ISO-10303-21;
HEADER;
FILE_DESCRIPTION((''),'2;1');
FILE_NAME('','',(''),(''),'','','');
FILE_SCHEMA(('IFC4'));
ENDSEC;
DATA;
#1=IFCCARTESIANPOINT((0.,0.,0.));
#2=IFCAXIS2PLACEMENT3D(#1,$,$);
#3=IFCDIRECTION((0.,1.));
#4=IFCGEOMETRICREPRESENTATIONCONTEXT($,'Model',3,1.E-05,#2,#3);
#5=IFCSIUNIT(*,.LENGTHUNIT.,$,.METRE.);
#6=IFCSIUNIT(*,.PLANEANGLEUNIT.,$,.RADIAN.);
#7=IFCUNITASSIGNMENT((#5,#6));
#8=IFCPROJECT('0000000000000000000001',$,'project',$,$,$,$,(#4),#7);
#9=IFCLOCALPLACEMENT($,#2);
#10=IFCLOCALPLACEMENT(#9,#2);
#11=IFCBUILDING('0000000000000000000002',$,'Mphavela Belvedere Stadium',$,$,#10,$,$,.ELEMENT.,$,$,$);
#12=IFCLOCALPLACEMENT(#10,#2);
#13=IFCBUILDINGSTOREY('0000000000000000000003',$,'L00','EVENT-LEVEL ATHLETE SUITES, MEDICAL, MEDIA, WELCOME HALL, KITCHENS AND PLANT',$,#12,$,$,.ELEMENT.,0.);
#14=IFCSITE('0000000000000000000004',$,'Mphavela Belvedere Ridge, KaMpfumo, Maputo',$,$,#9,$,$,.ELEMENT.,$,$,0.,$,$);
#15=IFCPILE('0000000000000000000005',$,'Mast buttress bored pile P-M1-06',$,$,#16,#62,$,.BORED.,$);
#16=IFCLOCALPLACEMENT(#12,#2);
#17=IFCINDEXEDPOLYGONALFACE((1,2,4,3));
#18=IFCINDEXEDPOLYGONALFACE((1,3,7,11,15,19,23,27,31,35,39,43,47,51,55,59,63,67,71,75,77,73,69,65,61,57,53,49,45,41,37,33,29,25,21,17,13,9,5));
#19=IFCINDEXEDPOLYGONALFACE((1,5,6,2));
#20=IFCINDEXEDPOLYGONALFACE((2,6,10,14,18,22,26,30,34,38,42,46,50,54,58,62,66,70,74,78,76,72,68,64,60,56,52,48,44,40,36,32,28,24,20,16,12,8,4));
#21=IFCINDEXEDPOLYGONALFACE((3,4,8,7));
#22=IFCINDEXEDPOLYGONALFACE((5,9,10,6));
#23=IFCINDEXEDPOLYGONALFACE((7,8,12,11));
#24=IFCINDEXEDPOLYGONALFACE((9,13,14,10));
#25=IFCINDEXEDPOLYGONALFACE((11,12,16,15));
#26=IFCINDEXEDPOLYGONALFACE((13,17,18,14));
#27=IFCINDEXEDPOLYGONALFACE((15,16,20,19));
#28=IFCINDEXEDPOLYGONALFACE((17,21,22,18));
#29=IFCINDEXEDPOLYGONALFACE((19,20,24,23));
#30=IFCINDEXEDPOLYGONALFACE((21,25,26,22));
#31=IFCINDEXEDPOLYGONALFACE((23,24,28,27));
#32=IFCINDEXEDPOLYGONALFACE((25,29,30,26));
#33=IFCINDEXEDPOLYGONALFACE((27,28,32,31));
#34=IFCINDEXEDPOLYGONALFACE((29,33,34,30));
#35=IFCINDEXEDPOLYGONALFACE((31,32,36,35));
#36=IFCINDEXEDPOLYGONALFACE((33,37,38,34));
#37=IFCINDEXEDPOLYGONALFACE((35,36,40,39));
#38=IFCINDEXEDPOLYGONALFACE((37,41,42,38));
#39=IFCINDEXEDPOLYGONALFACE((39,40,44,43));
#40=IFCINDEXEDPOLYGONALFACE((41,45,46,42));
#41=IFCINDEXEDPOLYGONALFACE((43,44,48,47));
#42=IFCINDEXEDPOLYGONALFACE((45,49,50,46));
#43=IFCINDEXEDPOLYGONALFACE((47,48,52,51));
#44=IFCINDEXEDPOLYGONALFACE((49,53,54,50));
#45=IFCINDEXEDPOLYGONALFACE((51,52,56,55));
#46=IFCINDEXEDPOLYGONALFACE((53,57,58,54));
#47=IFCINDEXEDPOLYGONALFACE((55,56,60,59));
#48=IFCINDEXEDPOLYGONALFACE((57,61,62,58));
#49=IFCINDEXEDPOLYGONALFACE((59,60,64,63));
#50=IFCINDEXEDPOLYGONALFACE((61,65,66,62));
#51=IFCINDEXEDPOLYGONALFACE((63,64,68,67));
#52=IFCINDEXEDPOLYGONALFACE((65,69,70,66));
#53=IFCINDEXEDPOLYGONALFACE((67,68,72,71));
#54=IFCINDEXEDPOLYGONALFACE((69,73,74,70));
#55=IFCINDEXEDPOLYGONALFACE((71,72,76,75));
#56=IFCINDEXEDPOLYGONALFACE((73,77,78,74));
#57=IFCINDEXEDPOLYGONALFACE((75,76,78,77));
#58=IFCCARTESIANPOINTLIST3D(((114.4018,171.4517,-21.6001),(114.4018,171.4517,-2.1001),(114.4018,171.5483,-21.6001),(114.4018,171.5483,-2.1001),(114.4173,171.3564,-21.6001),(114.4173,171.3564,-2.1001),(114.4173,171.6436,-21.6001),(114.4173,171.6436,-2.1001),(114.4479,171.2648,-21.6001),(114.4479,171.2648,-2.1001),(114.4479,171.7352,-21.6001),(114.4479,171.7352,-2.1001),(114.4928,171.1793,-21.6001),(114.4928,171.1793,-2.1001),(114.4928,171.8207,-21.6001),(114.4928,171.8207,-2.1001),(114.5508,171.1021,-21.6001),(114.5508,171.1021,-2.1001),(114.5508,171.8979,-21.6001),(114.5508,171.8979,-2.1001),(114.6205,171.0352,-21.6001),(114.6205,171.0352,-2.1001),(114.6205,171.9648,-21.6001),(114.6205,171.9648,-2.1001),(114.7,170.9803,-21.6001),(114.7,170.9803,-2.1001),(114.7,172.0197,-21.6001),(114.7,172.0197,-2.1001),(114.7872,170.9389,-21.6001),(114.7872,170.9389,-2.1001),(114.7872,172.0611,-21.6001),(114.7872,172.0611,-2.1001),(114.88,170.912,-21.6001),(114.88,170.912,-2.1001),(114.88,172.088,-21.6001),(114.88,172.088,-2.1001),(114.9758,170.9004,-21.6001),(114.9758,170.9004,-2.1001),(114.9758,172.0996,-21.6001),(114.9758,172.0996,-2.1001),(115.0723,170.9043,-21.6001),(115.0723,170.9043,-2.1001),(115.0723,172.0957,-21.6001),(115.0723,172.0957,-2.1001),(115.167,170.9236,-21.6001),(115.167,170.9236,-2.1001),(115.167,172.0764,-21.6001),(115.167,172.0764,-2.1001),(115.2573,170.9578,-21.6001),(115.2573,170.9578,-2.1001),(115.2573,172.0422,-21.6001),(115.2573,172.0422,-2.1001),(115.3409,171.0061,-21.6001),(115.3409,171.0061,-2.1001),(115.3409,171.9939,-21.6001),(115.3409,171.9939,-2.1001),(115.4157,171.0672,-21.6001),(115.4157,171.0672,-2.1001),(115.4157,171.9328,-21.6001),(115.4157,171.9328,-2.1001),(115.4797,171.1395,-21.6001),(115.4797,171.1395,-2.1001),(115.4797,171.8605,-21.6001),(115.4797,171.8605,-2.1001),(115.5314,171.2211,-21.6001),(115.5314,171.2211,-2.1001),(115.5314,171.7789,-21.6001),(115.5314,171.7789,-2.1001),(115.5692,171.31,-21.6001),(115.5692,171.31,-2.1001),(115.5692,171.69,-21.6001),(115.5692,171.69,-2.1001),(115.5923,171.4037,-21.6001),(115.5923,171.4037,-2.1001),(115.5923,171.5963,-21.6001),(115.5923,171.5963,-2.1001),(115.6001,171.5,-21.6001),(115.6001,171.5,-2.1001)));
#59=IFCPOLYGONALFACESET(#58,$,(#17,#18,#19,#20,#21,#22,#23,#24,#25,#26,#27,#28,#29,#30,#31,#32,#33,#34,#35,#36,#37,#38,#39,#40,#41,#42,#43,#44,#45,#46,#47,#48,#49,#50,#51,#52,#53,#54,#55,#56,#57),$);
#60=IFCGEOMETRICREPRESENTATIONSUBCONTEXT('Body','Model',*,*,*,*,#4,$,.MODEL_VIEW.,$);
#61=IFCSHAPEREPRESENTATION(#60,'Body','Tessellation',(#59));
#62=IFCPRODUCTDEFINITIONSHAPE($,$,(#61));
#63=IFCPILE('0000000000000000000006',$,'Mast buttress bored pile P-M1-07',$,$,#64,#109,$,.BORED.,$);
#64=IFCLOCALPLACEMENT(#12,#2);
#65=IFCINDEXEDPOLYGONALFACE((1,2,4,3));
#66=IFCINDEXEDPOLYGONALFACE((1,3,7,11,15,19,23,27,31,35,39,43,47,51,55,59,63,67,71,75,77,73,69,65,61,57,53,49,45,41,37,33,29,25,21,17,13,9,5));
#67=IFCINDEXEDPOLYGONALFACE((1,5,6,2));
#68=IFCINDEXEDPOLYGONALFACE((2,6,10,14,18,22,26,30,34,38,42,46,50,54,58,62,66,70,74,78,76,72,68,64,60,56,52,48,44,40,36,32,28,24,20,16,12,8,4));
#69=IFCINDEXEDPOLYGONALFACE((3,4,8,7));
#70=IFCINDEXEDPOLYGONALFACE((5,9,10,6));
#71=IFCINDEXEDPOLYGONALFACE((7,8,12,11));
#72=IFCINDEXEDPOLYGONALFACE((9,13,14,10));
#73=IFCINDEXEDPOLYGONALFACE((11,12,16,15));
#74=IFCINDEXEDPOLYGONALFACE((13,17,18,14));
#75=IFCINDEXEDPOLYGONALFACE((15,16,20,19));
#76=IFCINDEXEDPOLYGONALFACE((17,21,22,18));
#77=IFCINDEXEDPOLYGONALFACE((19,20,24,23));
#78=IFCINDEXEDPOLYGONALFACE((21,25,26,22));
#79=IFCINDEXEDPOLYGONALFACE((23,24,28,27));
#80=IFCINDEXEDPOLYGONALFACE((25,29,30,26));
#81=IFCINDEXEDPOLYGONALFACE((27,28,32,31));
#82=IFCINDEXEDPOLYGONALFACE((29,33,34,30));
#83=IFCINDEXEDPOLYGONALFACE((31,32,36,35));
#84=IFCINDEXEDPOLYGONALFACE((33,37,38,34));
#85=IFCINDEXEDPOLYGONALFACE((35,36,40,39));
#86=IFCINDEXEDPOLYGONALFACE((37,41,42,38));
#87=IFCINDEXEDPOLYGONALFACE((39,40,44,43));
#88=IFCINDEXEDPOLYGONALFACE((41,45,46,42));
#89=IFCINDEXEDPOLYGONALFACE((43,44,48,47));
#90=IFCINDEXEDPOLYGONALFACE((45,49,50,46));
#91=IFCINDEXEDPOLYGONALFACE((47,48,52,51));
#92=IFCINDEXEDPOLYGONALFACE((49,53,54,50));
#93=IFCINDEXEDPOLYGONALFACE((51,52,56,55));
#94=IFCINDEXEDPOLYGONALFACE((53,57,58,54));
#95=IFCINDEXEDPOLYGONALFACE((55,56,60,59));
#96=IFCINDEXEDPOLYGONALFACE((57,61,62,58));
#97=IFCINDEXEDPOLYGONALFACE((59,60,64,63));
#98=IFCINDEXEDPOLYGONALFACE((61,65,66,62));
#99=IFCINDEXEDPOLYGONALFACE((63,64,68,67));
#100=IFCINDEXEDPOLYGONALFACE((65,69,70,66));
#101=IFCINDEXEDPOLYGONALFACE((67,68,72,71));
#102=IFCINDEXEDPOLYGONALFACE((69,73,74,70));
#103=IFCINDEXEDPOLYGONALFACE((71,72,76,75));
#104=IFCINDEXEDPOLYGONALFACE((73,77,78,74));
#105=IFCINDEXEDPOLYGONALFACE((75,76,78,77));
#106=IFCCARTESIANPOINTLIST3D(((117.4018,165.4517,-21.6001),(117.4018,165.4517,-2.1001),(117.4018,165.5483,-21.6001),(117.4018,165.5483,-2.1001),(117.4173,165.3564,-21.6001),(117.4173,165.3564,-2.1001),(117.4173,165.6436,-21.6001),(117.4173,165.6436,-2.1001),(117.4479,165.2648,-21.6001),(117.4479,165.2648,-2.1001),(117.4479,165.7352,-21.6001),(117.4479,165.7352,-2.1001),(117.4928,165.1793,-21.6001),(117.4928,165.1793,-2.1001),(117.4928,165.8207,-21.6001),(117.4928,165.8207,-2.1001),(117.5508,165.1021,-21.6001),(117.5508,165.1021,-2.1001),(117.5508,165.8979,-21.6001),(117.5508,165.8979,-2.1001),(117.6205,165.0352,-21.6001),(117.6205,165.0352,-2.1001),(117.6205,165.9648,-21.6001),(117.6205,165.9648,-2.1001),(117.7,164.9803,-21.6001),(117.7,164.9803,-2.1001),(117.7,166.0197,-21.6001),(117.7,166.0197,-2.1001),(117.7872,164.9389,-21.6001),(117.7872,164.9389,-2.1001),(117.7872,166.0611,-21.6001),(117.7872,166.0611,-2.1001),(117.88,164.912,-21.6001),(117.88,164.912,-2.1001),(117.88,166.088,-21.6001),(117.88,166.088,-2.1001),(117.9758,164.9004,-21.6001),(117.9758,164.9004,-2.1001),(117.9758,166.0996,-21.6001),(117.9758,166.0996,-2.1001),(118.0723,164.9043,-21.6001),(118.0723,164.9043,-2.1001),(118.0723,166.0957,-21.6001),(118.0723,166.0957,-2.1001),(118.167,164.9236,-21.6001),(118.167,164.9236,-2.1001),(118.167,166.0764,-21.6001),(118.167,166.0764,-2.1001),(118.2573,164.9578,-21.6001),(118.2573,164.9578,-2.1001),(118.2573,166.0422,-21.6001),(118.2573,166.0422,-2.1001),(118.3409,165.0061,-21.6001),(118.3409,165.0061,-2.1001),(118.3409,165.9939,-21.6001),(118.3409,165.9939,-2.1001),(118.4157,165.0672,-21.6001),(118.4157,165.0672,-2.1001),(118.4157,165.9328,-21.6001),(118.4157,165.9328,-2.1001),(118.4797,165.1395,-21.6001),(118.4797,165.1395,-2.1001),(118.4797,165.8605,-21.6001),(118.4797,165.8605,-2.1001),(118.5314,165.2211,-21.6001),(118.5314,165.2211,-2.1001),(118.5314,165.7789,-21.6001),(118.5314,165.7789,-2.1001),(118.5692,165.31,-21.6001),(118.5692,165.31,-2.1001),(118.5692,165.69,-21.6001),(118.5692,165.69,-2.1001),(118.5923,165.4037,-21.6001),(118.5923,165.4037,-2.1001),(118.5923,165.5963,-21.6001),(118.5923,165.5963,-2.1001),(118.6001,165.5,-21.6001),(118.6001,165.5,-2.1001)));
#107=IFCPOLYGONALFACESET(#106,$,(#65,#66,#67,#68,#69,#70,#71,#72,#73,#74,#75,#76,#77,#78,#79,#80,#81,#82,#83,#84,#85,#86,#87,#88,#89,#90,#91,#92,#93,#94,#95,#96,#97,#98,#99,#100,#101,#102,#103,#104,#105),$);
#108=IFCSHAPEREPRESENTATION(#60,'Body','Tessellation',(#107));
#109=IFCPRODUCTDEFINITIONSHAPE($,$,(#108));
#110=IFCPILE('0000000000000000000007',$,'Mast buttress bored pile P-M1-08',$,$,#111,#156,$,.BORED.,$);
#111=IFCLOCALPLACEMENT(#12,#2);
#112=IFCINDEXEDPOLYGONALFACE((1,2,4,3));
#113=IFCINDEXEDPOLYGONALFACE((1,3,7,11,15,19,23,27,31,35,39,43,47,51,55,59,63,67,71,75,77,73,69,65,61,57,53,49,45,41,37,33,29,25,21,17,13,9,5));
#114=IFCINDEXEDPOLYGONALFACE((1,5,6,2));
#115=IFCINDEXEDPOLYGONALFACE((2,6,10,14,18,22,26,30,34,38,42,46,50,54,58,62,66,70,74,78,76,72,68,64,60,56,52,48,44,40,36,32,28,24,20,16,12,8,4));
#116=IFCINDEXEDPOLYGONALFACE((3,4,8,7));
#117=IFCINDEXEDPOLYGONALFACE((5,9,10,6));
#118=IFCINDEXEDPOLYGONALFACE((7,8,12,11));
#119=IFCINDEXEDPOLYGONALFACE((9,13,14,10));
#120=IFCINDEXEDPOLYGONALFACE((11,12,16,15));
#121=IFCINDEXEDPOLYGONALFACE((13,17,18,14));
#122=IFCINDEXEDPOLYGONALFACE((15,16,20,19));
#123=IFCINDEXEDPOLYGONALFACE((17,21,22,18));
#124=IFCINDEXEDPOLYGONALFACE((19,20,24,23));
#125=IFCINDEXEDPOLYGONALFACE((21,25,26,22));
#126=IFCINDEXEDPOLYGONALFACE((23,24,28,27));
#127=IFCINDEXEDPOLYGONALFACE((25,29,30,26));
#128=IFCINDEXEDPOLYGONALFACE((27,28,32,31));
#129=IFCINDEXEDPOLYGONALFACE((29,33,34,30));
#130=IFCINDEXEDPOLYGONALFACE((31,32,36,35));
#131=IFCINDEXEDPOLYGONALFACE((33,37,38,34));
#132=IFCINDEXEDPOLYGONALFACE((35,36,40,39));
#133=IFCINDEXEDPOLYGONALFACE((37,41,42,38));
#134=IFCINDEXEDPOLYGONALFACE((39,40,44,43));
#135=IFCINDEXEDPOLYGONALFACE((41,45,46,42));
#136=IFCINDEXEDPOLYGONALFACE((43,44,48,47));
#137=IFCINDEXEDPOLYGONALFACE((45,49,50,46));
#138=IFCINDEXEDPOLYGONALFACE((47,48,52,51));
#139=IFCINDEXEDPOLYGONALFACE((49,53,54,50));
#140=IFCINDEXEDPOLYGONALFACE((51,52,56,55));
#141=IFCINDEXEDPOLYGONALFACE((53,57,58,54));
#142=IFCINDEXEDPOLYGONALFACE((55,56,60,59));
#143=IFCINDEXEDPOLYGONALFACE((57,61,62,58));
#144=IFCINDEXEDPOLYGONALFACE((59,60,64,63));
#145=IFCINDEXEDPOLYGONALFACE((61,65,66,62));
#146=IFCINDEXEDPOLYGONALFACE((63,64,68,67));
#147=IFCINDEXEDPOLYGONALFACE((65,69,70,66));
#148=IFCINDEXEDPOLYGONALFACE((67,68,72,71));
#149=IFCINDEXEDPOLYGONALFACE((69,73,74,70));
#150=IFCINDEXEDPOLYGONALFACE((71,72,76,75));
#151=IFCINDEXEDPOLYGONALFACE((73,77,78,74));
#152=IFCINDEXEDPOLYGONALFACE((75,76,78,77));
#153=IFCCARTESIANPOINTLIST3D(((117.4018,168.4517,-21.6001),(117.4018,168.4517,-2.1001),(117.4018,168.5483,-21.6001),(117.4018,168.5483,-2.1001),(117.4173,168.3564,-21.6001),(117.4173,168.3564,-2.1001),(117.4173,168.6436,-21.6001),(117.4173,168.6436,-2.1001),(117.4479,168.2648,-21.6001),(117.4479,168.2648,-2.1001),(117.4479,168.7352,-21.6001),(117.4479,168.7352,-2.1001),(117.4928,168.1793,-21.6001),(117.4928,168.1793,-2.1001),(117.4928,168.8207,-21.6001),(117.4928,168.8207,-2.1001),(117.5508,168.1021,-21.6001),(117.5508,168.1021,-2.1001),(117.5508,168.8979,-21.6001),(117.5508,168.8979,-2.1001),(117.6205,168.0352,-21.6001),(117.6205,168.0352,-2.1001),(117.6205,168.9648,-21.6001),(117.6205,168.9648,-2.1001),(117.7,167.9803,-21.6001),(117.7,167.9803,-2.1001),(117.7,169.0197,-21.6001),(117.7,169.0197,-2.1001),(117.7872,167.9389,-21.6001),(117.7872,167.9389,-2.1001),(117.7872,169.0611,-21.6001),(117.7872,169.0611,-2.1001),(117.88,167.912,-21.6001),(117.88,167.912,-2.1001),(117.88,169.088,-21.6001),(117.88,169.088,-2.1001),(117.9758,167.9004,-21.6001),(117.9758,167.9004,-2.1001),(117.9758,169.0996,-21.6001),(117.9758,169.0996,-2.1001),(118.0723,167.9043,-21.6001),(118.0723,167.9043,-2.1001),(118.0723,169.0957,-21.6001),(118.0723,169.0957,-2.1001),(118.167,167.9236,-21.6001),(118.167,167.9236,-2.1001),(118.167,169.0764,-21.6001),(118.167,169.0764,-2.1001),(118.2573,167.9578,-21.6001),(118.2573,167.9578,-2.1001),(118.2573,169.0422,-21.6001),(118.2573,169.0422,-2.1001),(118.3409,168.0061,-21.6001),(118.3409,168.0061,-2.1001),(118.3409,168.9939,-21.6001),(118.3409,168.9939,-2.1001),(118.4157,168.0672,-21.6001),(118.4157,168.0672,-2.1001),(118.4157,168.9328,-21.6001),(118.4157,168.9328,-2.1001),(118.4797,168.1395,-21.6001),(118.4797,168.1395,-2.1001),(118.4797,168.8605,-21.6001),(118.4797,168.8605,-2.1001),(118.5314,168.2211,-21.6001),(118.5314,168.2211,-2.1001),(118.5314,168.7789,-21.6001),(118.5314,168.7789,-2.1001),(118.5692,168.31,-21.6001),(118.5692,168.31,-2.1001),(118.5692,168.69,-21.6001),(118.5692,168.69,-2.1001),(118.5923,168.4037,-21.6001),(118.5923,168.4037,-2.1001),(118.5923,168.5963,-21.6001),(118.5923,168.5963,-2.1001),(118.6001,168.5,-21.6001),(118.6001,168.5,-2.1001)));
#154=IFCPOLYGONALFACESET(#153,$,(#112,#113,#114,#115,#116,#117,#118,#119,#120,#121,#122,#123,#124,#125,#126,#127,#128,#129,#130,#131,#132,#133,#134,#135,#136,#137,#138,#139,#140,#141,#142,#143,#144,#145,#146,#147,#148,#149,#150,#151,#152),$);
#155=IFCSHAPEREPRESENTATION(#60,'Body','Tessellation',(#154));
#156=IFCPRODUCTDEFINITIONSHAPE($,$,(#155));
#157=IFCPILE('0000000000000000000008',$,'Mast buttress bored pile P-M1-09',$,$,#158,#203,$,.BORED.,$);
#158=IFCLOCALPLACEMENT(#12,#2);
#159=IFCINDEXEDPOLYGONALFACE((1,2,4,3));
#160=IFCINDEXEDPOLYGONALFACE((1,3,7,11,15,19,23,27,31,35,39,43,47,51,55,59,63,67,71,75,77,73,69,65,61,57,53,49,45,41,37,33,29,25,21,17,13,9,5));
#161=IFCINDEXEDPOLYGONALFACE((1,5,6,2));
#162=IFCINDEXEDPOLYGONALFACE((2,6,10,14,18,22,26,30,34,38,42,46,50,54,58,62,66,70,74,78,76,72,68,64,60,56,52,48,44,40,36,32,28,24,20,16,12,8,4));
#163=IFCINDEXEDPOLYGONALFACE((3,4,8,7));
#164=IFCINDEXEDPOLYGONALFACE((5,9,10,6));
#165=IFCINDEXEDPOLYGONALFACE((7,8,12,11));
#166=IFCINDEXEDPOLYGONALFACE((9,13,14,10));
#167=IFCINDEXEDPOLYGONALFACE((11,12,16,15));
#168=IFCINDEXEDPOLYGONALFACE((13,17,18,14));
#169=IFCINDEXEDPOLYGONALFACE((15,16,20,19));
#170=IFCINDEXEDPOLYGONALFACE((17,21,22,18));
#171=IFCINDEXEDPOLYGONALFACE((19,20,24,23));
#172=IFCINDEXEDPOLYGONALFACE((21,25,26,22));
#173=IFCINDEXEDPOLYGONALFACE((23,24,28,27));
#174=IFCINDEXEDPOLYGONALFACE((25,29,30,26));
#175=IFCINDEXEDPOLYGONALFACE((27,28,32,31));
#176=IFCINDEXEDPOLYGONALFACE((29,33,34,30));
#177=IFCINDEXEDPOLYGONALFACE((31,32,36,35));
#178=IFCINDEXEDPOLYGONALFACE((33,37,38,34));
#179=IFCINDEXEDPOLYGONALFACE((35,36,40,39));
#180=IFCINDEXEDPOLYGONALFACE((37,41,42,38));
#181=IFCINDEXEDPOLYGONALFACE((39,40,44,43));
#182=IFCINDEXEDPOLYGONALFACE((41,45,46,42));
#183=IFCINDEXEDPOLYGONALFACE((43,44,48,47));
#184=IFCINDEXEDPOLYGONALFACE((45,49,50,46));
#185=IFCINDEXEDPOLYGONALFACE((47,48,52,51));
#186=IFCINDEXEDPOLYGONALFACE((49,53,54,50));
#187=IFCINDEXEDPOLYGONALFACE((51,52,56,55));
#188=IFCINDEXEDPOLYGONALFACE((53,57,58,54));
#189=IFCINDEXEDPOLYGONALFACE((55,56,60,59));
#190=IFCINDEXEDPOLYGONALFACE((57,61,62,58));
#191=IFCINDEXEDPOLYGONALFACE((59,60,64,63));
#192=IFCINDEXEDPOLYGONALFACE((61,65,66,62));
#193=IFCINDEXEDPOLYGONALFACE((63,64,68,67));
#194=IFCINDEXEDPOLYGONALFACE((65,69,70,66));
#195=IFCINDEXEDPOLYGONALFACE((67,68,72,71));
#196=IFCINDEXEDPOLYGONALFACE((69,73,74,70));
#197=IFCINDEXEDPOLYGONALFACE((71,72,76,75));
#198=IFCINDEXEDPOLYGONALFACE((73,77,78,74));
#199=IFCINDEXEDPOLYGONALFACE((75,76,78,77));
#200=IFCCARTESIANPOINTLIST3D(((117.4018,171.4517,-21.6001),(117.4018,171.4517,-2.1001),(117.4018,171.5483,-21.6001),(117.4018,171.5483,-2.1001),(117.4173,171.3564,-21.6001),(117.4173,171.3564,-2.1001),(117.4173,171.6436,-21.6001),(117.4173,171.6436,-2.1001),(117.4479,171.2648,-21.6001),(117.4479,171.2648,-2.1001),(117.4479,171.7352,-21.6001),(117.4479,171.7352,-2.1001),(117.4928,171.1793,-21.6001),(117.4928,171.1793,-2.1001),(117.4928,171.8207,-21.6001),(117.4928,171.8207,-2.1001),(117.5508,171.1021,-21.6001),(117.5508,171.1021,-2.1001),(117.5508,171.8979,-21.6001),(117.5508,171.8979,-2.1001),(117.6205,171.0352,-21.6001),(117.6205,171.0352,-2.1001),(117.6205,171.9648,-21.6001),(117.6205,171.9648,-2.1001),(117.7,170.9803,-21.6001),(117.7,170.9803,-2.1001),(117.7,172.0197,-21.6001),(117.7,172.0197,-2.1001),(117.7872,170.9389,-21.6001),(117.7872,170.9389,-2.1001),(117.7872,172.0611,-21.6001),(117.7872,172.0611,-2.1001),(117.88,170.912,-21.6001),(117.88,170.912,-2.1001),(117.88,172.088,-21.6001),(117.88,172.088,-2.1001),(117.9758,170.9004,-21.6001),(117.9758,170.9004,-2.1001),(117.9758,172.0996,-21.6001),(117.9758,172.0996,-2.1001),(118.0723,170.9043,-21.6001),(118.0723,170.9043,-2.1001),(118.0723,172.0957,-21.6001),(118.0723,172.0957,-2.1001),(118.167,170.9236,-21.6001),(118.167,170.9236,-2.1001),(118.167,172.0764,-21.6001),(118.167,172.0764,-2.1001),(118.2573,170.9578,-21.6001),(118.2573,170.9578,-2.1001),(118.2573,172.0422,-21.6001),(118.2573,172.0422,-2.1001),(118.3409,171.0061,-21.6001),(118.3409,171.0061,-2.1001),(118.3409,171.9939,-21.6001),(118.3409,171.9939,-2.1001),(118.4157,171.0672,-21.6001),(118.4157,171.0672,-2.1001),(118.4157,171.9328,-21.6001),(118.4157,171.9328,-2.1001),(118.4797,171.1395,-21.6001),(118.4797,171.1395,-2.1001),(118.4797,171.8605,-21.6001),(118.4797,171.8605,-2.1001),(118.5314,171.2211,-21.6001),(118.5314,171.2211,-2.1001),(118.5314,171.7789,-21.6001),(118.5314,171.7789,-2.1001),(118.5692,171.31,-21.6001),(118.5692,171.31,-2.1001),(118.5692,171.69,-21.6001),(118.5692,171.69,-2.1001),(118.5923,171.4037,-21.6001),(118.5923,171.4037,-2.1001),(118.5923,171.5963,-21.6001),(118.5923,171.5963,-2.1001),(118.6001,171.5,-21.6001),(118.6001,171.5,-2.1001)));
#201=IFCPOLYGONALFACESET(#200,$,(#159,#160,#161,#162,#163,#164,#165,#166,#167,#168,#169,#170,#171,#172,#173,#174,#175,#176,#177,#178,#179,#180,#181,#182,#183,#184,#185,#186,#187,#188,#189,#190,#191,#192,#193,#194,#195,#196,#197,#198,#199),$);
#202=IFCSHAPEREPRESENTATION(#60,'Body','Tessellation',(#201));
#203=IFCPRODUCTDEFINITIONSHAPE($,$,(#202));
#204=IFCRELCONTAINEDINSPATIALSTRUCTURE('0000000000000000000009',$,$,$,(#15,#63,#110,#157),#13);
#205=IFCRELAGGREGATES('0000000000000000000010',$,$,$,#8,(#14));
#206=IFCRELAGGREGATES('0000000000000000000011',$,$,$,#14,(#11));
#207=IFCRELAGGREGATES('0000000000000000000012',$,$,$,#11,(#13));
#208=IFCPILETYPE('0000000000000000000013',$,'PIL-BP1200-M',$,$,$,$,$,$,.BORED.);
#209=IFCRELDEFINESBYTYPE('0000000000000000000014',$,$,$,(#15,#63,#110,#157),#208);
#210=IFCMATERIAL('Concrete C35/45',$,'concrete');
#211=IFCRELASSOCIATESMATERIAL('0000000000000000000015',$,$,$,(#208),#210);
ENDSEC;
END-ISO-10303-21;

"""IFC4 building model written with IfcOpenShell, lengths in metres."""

from ifc_helpers import new_model, si_unit, direction, frame, origin, origin_2d, place, context, subcontext, project, spatial, circle, extrude, material, material_profile, profile_set, type_object, element, save


model = new_model("IFC4")

# Units and contexts
model_context = context("Model", 3, precision=1e-05, world=origin(), true_north=direction((0.0, 1.0)))
body_context = subcontext(model_context, "Body", "Model", "MODEL_VIEW")
ifc_project = project(units=[si_unit("LENGTHUNIT", "METRE"), si_unit("PLANEANGLEUNIT", "RADIAN")], contexts=[model_context])

# Site, building, storey
site_placement = place(None, origin())
site = spatial("IfcSite", under=ifc_project, at=site_placement, Name="Mphavela Belvedere Ridge, KaMpfumo, Maputo", CompositionType="ELEMENT", RefElevation=0.0)
building_placement = place(site_placement, origin())
building = spatial("IfcBuilding", under=site, at=building_placement, Name="Mphavela Belvedere Stadium", CompositionType="ELEMENT")
storey_placement = place(building_placement, origin())
storey = spatial("IfcBuildingStorey", under=building, at=storey_placement, Name="L00", Description="EVENT-LEVEL ATHLETE SUITES, MEDICAL, MEDIA, WELCOME HALL, KITCHENS AND PLANT", CompositionType="ELEMENT", Elevation=0.0)

# Piles
ifc_material_1 = material(Name="Concrete C35/45", Category="concrete")
ifc_material_profile_1 = material_profile(ifc_material_1, circle(Radius=0.6001, at=origin_2d()), Name="BP D1200")
ifc_profile_set_1 = profile_set([ifc_material_profile_1], Name="Concrete C35/45")
pile_type_1 = type_object("IfcPileType", Name="PIL-BP1200-M", PredefinedType="BORED", material=ifc_profile_set_1)
for number, where, z_axis, x_axis, name in (
    (1, (115.0, 171.5, -2.1001), (0.0, 0.0, -1.0), (1.0, 0.0, 0.0), "Mast buttress bored pile P-M1-06"),
    (2, (118.0, 165.5, -2.1001), (0.0, 0.0, -1.0), (1.0, 0.0, 0.0), "Mast buttress bored pile P-M1-07"),
    (3, (118.0, 168.5, -2.1001), (0.0, 0.0, -1.0), (1.0, 0.0, 0.0), "Mast buttress bored pile P-M1-08"),
    (4, (118.0, 171.5, -2.1001), (0.0, 0.0, -1.0), (1.0, 0.0, 0.0), "Mast buttress bored pile P-M1-09"),
):
    element("IfcPile", number, at=place(storey_placement, frame(where, z_axis=z_axis, x_axis=x_axis)), inside=storey, type_object=pile_type_1, Name=name, PredefinedType="BORED", context=body_context, shape_type="SweptSolid", body=[
        extrude(circle(Radius=0.6001, at=origin_2d()), origin(), (0.0, 0.0, 1.0), 19.5),
    ])

save(model, "model.ifc")
